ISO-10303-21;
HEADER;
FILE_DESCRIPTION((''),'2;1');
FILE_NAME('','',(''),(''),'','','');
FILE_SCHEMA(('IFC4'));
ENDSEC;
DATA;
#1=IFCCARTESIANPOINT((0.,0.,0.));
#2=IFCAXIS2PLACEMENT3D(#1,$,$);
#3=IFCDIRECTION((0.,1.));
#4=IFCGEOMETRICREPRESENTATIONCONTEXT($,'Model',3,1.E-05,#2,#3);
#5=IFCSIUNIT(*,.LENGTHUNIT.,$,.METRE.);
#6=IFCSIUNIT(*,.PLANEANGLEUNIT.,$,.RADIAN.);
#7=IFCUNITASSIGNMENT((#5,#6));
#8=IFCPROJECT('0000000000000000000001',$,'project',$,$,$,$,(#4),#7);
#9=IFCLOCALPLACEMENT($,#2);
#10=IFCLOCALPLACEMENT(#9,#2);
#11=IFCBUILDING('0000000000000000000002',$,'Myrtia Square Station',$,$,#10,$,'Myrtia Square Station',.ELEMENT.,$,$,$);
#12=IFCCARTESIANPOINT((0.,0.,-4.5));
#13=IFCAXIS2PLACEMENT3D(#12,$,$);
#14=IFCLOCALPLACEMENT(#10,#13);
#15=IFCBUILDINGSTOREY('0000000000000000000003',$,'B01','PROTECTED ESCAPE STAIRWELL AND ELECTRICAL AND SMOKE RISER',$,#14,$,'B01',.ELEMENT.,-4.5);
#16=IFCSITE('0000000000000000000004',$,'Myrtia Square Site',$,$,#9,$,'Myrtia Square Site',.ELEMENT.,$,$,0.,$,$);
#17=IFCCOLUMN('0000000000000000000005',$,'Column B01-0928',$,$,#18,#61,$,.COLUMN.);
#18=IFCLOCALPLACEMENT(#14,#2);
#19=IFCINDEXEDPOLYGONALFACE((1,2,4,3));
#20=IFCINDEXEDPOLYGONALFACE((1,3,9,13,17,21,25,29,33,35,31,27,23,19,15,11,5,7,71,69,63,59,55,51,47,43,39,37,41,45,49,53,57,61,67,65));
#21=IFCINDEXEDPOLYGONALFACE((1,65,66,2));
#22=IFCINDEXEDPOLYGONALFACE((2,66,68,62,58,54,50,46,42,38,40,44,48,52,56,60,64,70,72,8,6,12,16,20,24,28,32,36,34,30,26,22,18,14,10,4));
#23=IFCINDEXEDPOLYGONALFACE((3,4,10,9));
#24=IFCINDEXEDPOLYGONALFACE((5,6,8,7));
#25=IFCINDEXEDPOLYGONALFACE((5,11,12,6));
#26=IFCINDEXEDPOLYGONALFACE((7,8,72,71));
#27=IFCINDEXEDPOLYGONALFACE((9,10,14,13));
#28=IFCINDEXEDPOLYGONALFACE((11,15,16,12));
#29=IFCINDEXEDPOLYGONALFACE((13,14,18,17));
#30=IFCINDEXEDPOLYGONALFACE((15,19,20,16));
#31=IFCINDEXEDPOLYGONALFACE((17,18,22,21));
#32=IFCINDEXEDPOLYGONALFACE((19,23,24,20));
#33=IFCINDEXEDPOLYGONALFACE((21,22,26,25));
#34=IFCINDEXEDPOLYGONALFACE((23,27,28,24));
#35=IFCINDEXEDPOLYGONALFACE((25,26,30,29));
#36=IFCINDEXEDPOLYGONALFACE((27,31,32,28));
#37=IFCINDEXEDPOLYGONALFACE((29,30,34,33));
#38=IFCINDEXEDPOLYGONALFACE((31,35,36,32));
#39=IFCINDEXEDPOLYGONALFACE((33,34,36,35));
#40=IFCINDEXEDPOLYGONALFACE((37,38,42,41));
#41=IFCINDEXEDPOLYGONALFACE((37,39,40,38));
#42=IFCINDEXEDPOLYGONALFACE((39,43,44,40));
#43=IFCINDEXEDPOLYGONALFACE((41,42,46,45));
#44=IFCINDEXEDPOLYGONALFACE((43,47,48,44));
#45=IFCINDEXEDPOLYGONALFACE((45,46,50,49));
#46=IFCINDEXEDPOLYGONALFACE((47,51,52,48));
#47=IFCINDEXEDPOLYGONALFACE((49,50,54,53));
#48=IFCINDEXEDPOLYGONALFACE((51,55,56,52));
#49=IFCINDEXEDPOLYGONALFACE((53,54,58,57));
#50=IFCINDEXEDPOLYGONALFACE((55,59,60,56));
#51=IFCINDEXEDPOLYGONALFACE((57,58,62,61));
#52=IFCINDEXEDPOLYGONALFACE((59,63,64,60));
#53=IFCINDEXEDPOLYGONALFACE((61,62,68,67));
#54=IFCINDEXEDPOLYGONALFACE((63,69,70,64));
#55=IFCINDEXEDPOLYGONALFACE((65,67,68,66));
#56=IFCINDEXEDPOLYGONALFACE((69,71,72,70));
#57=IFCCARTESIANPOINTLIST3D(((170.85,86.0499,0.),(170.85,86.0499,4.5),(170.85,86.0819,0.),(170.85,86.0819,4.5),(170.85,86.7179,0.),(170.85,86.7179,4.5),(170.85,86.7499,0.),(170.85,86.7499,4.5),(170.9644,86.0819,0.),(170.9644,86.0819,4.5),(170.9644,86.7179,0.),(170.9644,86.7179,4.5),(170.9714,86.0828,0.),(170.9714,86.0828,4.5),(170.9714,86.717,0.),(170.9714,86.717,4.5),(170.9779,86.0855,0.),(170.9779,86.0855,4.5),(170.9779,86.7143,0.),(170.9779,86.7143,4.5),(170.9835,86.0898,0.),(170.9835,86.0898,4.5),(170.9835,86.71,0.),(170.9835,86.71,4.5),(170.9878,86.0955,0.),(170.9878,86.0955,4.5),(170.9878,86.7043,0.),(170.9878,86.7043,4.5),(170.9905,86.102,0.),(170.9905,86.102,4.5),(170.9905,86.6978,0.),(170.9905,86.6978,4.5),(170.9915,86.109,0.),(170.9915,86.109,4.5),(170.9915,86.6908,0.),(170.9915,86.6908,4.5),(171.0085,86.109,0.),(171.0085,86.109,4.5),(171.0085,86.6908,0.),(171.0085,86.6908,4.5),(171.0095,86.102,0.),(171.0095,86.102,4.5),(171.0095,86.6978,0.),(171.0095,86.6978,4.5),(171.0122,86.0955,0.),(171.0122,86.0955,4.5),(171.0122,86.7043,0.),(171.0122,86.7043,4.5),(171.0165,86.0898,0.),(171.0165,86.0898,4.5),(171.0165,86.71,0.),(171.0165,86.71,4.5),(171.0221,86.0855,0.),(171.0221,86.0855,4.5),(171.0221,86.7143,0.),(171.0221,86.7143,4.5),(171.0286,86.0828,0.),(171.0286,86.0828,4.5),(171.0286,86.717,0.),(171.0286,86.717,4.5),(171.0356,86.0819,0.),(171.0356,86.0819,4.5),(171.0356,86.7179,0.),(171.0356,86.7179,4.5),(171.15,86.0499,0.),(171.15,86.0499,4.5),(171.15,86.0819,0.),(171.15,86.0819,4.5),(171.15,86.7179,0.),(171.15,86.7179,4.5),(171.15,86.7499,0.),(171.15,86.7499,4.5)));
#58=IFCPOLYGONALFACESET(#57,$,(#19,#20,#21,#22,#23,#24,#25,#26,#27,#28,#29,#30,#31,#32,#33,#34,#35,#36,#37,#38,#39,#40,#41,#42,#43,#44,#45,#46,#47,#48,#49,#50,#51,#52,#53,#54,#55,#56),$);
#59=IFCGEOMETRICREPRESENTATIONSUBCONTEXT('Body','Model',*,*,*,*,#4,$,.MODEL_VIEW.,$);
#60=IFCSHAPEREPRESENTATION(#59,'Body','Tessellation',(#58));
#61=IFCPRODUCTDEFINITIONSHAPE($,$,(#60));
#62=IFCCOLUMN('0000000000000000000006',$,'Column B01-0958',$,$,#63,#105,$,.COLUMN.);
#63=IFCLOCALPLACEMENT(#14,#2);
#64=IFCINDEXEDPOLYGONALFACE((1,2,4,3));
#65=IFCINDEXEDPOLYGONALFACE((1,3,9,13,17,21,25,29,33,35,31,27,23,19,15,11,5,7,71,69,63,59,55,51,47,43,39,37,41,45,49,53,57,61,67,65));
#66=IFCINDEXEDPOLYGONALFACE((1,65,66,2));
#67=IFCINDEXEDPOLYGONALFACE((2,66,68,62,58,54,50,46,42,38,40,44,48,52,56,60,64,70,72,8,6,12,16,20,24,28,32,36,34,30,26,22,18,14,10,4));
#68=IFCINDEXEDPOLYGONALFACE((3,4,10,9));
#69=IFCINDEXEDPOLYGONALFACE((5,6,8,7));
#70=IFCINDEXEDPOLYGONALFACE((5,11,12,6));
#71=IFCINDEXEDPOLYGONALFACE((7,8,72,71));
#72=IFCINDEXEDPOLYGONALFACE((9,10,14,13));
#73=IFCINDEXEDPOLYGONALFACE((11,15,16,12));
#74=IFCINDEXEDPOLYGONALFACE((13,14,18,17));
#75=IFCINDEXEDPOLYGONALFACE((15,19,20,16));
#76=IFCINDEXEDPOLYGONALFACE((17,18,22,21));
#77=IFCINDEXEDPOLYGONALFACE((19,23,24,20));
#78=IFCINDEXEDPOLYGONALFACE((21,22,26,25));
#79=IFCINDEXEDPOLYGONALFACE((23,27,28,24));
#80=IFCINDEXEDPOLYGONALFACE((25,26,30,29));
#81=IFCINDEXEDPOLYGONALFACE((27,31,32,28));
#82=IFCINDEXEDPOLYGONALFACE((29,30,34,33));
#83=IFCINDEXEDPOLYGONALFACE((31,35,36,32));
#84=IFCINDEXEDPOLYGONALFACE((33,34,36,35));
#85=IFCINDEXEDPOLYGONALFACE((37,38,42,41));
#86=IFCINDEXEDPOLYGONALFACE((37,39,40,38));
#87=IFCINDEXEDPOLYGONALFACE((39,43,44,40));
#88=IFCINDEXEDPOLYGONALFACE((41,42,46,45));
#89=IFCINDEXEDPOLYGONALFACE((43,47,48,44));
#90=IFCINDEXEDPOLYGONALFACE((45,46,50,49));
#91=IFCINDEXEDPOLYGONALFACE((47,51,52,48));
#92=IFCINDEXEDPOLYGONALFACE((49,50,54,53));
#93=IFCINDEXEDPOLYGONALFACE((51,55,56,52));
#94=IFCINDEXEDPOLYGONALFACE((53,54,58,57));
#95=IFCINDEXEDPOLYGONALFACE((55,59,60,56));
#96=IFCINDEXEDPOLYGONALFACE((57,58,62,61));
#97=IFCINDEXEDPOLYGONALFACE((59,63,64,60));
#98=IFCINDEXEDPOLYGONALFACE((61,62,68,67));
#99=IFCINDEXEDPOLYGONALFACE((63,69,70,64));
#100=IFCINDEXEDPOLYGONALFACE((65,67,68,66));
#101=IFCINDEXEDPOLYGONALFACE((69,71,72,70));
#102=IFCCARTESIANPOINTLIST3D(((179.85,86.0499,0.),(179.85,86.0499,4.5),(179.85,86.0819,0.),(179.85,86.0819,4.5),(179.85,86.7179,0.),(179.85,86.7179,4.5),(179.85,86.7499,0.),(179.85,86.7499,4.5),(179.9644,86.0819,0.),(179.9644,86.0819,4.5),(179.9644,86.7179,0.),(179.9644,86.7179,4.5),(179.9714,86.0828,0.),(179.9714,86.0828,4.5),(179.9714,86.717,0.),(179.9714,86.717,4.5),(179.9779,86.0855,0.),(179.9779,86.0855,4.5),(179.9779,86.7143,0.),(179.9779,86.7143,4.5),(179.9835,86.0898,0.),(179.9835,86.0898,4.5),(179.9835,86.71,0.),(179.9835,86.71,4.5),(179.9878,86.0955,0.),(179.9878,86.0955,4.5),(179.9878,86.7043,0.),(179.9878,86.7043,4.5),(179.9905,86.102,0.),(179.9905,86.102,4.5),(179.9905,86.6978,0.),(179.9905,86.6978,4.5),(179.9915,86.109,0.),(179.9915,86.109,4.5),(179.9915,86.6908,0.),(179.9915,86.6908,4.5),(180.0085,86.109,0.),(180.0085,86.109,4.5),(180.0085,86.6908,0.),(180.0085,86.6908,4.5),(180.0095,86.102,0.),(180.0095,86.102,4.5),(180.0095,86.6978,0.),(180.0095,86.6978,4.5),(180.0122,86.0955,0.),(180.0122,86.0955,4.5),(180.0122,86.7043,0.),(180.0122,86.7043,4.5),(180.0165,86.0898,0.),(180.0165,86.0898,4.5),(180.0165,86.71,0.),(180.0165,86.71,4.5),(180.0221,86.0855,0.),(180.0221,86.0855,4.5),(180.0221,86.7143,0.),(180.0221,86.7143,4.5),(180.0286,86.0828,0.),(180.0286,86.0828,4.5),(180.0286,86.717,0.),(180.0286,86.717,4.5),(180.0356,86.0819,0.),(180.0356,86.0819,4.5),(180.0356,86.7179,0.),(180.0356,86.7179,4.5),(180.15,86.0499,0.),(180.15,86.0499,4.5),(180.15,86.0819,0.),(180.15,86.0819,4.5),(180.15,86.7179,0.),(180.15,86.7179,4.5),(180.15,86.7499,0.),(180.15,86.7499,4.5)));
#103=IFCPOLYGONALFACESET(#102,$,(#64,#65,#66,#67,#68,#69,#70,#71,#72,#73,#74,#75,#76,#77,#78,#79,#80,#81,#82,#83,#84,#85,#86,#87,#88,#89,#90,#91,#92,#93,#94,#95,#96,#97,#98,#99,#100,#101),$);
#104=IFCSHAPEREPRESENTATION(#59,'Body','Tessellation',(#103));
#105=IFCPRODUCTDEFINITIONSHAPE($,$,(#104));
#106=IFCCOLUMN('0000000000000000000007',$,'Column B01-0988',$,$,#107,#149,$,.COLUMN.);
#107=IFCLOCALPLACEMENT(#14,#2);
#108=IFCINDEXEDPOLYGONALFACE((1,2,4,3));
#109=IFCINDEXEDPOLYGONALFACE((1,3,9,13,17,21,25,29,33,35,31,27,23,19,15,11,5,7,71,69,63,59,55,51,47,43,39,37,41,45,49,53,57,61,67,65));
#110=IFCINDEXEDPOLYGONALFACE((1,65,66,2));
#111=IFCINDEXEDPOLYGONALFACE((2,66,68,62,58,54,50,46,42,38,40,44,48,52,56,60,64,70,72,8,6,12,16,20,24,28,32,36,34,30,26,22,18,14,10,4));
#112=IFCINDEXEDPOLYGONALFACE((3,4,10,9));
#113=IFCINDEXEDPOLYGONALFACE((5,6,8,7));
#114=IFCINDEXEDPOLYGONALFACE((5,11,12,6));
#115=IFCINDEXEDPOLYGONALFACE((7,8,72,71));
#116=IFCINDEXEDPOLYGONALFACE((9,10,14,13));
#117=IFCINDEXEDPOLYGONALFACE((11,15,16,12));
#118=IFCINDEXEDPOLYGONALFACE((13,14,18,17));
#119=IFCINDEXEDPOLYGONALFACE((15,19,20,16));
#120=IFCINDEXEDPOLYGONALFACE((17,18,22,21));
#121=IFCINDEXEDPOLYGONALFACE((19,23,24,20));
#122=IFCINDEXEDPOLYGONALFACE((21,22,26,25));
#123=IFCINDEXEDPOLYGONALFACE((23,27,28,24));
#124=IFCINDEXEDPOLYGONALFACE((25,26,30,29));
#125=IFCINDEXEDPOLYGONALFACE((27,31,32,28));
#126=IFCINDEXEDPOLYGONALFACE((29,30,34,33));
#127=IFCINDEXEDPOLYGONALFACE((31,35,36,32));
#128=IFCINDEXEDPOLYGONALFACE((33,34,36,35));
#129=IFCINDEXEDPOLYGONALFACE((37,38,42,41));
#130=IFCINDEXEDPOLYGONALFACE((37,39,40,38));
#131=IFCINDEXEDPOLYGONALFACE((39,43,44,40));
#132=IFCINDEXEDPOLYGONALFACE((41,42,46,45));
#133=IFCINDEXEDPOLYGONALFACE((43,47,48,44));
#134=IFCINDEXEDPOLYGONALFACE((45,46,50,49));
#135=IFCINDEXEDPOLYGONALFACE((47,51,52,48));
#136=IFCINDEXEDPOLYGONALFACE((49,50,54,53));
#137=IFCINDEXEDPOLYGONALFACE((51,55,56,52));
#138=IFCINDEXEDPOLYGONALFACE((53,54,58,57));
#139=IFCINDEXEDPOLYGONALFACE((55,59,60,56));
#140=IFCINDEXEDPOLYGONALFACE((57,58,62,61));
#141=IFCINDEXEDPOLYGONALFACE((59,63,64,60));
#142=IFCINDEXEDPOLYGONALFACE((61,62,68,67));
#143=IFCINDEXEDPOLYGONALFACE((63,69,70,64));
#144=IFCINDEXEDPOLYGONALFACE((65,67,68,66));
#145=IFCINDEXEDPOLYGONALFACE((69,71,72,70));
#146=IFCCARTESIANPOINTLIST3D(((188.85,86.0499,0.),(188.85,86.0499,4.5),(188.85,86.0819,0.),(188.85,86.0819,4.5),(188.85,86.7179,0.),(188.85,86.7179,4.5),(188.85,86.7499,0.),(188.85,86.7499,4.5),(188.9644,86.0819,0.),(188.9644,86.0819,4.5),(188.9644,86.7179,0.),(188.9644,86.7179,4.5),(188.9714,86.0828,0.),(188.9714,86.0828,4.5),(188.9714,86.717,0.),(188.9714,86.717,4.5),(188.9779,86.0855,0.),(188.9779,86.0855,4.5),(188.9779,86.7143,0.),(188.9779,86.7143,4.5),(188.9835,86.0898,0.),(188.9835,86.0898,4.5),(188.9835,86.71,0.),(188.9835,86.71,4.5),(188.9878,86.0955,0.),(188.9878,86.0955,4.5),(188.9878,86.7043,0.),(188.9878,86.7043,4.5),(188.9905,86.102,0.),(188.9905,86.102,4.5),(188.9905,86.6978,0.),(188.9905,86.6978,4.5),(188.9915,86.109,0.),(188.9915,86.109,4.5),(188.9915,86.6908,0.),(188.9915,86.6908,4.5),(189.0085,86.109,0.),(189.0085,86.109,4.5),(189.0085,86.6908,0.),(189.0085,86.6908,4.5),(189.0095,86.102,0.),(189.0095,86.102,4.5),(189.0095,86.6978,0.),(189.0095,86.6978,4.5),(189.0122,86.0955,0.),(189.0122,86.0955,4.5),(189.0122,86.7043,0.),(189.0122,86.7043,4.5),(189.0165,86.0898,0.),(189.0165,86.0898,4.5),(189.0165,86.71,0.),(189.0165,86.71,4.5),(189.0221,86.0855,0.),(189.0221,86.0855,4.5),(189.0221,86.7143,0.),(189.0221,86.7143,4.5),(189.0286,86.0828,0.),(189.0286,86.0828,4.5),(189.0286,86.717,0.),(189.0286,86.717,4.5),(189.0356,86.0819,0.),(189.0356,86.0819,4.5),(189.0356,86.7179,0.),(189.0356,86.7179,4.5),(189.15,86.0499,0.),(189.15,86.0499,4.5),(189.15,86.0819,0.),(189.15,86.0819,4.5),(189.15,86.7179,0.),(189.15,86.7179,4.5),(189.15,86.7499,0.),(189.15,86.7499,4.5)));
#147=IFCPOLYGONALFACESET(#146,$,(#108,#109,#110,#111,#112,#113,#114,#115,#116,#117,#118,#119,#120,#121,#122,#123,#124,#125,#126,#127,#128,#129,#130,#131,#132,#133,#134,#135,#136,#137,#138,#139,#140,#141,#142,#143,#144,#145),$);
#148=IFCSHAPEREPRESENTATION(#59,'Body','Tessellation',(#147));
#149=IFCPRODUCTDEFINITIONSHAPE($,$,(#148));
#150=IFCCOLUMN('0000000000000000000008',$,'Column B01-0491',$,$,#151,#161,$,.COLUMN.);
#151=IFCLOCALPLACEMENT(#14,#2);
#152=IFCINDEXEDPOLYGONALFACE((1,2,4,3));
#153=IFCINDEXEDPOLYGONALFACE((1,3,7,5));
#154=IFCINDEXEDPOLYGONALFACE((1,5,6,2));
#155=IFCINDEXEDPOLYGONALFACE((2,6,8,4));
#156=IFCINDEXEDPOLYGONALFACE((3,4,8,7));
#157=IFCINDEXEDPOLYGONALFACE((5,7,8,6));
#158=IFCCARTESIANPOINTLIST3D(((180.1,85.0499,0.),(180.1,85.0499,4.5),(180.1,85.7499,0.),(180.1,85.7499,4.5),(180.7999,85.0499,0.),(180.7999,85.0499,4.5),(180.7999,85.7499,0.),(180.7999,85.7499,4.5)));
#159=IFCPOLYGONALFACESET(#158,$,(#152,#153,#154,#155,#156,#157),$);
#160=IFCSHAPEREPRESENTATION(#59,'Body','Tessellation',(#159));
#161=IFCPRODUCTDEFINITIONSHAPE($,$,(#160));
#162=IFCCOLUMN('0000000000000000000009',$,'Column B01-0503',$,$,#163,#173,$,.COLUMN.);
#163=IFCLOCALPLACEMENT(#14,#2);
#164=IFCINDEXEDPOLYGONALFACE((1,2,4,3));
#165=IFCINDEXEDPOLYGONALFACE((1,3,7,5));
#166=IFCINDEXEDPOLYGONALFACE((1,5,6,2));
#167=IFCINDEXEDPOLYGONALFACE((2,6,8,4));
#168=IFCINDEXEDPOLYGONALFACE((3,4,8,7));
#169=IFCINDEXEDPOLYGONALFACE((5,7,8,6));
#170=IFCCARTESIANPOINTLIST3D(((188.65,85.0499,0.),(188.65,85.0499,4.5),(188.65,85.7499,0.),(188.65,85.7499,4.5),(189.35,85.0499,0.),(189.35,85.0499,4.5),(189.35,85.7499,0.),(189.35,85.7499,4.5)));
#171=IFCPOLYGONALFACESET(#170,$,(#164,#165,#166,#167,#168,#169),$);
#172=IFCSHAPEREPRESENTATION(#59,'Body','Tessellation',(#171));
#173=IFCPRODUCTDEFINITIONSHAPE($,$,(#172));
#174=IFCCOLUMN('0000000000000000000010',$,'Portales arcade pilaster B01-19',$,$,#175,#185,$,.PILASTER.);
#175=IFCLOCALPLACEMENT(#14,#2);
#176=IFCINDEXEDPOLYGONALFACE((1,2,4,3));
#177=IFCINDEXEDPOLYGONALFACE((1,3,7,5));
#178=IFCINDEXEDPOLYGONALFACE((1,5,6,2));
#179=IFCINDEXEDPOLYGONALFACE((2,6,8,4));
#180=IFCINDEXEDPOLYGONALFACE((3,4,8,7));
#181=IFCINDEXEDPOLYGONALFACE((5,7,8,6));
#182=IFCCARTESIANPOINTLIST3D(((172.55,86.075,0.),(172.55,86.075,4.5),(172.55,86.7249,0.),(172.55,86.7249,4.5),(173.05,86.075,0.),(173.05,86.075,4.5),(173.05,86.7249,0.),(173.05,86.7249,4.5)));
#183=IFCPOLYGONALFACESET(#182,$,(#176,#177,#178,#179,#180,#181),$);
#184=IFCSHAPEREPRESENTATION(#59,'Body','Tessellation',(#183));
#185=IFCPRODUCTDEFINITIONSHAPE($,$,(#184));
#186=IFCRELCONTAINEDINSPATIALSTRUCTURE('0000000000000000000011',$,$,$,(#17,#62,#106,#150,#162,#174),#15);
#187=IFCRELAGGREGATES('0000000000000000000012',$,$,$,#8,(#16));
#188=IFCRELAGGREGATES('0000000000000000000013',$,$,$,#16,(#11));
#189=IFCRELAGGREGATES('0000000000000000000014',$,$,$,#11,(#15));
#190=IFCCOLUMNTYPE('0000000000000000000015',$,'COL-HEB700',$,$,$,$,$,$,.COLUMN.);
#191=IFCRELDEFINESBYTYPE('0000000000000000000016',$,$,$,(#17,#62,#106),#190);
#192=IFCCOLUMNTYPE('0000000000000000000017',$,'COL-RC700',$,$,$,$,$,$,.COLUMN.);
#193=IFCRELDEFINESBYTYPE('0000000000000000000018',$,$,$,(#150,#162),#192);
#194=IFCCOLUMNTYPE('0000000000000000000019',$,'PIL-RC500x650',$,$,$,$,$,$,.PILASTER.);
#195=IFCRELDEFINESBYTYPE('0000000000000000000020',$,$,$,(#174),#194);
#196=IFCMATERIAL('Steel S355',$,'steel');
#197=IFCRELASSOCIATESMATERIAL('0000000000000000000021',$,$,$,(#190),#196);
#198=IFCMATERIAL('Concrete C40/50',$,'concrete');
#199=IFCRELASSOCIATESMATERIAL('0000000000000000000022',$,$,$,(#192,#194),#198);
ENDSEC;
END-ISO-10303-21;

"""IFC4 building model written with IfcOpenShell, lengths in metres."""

from ifc_helpers import new_model, si_unit, direction, frame, origin, origin_2d, place, context, subcontext, project, spatial, rectangle, i_section, extrude, material, material_profile, profile_set, type_object, element, save


model = new_model("IFC4")

# Units and contexts
model_context = context("Model", 3, precision=1e-05, world=origin(), true_north=direction((0.0, 1.0)))
body_context = subcontext(model_context, "Body", "Model", "MODEL_VIEW")
ifc_project = project(units=[si_unit("LENGTHUNIT", "METRE"), si_unit("PLANEANGLEUNIT", "RADIAN")], contexts=[model_context])

# Site, building, storey
site_placement = place(None, origin())
site = spatial("IfcSite", under=ifc_project, at=site_placement, Name="Myrtia Square Site", LongName="Myrtia Square Site", CompositionType="ELEMENT", RefElevation=0.0)
building_placement = place(site_placement, origin())
building = spatial("IfcBuilding", under=site, at=building_placement, Name="Myrtia Square Station", LongName="Myrtia Square Station", CompositionType="ELEMENT")
storey_placement = place(building_placement, frame((0.0, 0.0, -4.5)))
storey = spatial("IfcBuildingStorey", under=building, at=storey_placement, Name="B01", Description="PROTECTED ESCAPE STAIRWELL AND ELECTRICAL AND SMOKE RISER", LongName="B01", CompositionType="ELEMENT", Elevation=-4.5)

# Columns
ifc_material_1 = material(Name="Steel S355", Category="steel")
ifc_material_profile_1 = material_profile(ifc_material_1, i_section(OverallWidth=0.3, OverallDepth=0.7, WebThickness=0.0171, FlangeThickness=0.032, FilletRadius=0.0271, at=origin_2d()), Name="HEB 700")
ifc_profile_set_1 = profile_set([ifc_material_profile_1], Name="Steel S355")
column_type_1 = type_object("IfcColumnType", Name="COL-HEB700", PredefinedType="COLUMN", material=ifc_profile_set_1)
for number, where, z_axis, x_axis, name in (
    (1, (171.0, 86.3999, 0.0), (0.0, 0.0, 1.0), (1.0, 0.0, 0.0), "Column B01-0928"),
    (2, (180.0, 86.3999, 0.0), (0.0, 0.0, 1.0), (1.0, 0.0, 0.0), "Column B01-0958"),
    (3, (189.0, 86.3999, 0.0), (0.0, 0.0, 1.0), (1.0, 0.0, 0.0), "Column B01-0988"),
):
    element("IfcColumn", number, at=place(storey_placement, frame(where, z_axis=z_axis, x_axis=x_axis)), inside=storey, type_object=column_type_1, Name=name, PredefinedType="COLUMN", context=body_context, shape_type="SweptSolid", body=[
        extrude(i_section(OverallWidth=0.3, OverallDepth=0.7, WebThickness=0.0171, FlangeThickness=0.032, FilletRadius=0.0271, at=origin_2d()), origin(), (0.0, 0.0, 1.0), 4.5),
    ])
ifc_material_2 = material(Name="Concrete C40/50", Category="concrete")
ifc_material_profile_2 = material_profile(ifc_material_2, rectangle(XDim=0.7, YDim=0.7, at=origin_2d()), Name="RC 700x700")
ifc_profile_set_2 = profile_set([ifc_material_profile_2], Name="Concrete C40/50")
column_type_2 = type_object("IfcColumnType", Name="COL-RC700", PredefinedType="COLUMN", material=ifc_profile_set_2)
for number, where, z_axis, x_axis, name in (
    (4, (180.45, 85.3999, 0.0), (0.0, 0.0, 1.0), (1.0, 0.0, 0.0), "Column B01-0491"),
    (5, (189.0, 85.3999, 0.0), (0.0, 0.0, 1.0), (1.0, 0.0, 0.0), "Column B01-0503"),
):
    element("IfcColumn", number, at=place(storey_placement, frame(where, z_axis=z_axis, x_axis=x_axis)), inside=storey, type_object=column_type_2, Name=name, PredefinedType="COLUMN", context=body_context, shape_type="SweptSolid", body=[
        extrude(rectangle(XDim=0.7, YDim=0.7, at=origin_2d()), origin(), (0.0, 0.0, 1.0), 4.5),
    ])
ifc_material_profile_3 = material_profile(ifc_material_2, rectangle(XDim=0.5, YDim=0.6499, at=origin_2d()), Name="PIL 500x650")
ifc_profile_set_3 = profile_set([ifc_material_profile_3], Name="Concrete C40/50")
column_type_3 = type_object("IfcColumnType", Name="PIL-RC500x650", PredefinedType="PILASTER", material=ifc_profile_set_3)
column_placement = place(storey_placement, frame((172.8, 86.3999, 0.0), z_axis=(0.0, 0.0, 1.0), x_axis=(1.0, 0.0, 0.0)))
element("IfcColumn", 6, at=column_placement, inside=storey, type_object=column_type_3, Name="Portales arcade pilaster B01-19", PredefinedType="PILASTER", context=body_context, shape_type="SweptSolid", body=[
    extrude(rectangle(XDim=0.5, YDim=0.6499, at=origin_2d()), origin(), (0.0, 0.0, 1.0), 4.5),
])

save(model, "model.ifc")
